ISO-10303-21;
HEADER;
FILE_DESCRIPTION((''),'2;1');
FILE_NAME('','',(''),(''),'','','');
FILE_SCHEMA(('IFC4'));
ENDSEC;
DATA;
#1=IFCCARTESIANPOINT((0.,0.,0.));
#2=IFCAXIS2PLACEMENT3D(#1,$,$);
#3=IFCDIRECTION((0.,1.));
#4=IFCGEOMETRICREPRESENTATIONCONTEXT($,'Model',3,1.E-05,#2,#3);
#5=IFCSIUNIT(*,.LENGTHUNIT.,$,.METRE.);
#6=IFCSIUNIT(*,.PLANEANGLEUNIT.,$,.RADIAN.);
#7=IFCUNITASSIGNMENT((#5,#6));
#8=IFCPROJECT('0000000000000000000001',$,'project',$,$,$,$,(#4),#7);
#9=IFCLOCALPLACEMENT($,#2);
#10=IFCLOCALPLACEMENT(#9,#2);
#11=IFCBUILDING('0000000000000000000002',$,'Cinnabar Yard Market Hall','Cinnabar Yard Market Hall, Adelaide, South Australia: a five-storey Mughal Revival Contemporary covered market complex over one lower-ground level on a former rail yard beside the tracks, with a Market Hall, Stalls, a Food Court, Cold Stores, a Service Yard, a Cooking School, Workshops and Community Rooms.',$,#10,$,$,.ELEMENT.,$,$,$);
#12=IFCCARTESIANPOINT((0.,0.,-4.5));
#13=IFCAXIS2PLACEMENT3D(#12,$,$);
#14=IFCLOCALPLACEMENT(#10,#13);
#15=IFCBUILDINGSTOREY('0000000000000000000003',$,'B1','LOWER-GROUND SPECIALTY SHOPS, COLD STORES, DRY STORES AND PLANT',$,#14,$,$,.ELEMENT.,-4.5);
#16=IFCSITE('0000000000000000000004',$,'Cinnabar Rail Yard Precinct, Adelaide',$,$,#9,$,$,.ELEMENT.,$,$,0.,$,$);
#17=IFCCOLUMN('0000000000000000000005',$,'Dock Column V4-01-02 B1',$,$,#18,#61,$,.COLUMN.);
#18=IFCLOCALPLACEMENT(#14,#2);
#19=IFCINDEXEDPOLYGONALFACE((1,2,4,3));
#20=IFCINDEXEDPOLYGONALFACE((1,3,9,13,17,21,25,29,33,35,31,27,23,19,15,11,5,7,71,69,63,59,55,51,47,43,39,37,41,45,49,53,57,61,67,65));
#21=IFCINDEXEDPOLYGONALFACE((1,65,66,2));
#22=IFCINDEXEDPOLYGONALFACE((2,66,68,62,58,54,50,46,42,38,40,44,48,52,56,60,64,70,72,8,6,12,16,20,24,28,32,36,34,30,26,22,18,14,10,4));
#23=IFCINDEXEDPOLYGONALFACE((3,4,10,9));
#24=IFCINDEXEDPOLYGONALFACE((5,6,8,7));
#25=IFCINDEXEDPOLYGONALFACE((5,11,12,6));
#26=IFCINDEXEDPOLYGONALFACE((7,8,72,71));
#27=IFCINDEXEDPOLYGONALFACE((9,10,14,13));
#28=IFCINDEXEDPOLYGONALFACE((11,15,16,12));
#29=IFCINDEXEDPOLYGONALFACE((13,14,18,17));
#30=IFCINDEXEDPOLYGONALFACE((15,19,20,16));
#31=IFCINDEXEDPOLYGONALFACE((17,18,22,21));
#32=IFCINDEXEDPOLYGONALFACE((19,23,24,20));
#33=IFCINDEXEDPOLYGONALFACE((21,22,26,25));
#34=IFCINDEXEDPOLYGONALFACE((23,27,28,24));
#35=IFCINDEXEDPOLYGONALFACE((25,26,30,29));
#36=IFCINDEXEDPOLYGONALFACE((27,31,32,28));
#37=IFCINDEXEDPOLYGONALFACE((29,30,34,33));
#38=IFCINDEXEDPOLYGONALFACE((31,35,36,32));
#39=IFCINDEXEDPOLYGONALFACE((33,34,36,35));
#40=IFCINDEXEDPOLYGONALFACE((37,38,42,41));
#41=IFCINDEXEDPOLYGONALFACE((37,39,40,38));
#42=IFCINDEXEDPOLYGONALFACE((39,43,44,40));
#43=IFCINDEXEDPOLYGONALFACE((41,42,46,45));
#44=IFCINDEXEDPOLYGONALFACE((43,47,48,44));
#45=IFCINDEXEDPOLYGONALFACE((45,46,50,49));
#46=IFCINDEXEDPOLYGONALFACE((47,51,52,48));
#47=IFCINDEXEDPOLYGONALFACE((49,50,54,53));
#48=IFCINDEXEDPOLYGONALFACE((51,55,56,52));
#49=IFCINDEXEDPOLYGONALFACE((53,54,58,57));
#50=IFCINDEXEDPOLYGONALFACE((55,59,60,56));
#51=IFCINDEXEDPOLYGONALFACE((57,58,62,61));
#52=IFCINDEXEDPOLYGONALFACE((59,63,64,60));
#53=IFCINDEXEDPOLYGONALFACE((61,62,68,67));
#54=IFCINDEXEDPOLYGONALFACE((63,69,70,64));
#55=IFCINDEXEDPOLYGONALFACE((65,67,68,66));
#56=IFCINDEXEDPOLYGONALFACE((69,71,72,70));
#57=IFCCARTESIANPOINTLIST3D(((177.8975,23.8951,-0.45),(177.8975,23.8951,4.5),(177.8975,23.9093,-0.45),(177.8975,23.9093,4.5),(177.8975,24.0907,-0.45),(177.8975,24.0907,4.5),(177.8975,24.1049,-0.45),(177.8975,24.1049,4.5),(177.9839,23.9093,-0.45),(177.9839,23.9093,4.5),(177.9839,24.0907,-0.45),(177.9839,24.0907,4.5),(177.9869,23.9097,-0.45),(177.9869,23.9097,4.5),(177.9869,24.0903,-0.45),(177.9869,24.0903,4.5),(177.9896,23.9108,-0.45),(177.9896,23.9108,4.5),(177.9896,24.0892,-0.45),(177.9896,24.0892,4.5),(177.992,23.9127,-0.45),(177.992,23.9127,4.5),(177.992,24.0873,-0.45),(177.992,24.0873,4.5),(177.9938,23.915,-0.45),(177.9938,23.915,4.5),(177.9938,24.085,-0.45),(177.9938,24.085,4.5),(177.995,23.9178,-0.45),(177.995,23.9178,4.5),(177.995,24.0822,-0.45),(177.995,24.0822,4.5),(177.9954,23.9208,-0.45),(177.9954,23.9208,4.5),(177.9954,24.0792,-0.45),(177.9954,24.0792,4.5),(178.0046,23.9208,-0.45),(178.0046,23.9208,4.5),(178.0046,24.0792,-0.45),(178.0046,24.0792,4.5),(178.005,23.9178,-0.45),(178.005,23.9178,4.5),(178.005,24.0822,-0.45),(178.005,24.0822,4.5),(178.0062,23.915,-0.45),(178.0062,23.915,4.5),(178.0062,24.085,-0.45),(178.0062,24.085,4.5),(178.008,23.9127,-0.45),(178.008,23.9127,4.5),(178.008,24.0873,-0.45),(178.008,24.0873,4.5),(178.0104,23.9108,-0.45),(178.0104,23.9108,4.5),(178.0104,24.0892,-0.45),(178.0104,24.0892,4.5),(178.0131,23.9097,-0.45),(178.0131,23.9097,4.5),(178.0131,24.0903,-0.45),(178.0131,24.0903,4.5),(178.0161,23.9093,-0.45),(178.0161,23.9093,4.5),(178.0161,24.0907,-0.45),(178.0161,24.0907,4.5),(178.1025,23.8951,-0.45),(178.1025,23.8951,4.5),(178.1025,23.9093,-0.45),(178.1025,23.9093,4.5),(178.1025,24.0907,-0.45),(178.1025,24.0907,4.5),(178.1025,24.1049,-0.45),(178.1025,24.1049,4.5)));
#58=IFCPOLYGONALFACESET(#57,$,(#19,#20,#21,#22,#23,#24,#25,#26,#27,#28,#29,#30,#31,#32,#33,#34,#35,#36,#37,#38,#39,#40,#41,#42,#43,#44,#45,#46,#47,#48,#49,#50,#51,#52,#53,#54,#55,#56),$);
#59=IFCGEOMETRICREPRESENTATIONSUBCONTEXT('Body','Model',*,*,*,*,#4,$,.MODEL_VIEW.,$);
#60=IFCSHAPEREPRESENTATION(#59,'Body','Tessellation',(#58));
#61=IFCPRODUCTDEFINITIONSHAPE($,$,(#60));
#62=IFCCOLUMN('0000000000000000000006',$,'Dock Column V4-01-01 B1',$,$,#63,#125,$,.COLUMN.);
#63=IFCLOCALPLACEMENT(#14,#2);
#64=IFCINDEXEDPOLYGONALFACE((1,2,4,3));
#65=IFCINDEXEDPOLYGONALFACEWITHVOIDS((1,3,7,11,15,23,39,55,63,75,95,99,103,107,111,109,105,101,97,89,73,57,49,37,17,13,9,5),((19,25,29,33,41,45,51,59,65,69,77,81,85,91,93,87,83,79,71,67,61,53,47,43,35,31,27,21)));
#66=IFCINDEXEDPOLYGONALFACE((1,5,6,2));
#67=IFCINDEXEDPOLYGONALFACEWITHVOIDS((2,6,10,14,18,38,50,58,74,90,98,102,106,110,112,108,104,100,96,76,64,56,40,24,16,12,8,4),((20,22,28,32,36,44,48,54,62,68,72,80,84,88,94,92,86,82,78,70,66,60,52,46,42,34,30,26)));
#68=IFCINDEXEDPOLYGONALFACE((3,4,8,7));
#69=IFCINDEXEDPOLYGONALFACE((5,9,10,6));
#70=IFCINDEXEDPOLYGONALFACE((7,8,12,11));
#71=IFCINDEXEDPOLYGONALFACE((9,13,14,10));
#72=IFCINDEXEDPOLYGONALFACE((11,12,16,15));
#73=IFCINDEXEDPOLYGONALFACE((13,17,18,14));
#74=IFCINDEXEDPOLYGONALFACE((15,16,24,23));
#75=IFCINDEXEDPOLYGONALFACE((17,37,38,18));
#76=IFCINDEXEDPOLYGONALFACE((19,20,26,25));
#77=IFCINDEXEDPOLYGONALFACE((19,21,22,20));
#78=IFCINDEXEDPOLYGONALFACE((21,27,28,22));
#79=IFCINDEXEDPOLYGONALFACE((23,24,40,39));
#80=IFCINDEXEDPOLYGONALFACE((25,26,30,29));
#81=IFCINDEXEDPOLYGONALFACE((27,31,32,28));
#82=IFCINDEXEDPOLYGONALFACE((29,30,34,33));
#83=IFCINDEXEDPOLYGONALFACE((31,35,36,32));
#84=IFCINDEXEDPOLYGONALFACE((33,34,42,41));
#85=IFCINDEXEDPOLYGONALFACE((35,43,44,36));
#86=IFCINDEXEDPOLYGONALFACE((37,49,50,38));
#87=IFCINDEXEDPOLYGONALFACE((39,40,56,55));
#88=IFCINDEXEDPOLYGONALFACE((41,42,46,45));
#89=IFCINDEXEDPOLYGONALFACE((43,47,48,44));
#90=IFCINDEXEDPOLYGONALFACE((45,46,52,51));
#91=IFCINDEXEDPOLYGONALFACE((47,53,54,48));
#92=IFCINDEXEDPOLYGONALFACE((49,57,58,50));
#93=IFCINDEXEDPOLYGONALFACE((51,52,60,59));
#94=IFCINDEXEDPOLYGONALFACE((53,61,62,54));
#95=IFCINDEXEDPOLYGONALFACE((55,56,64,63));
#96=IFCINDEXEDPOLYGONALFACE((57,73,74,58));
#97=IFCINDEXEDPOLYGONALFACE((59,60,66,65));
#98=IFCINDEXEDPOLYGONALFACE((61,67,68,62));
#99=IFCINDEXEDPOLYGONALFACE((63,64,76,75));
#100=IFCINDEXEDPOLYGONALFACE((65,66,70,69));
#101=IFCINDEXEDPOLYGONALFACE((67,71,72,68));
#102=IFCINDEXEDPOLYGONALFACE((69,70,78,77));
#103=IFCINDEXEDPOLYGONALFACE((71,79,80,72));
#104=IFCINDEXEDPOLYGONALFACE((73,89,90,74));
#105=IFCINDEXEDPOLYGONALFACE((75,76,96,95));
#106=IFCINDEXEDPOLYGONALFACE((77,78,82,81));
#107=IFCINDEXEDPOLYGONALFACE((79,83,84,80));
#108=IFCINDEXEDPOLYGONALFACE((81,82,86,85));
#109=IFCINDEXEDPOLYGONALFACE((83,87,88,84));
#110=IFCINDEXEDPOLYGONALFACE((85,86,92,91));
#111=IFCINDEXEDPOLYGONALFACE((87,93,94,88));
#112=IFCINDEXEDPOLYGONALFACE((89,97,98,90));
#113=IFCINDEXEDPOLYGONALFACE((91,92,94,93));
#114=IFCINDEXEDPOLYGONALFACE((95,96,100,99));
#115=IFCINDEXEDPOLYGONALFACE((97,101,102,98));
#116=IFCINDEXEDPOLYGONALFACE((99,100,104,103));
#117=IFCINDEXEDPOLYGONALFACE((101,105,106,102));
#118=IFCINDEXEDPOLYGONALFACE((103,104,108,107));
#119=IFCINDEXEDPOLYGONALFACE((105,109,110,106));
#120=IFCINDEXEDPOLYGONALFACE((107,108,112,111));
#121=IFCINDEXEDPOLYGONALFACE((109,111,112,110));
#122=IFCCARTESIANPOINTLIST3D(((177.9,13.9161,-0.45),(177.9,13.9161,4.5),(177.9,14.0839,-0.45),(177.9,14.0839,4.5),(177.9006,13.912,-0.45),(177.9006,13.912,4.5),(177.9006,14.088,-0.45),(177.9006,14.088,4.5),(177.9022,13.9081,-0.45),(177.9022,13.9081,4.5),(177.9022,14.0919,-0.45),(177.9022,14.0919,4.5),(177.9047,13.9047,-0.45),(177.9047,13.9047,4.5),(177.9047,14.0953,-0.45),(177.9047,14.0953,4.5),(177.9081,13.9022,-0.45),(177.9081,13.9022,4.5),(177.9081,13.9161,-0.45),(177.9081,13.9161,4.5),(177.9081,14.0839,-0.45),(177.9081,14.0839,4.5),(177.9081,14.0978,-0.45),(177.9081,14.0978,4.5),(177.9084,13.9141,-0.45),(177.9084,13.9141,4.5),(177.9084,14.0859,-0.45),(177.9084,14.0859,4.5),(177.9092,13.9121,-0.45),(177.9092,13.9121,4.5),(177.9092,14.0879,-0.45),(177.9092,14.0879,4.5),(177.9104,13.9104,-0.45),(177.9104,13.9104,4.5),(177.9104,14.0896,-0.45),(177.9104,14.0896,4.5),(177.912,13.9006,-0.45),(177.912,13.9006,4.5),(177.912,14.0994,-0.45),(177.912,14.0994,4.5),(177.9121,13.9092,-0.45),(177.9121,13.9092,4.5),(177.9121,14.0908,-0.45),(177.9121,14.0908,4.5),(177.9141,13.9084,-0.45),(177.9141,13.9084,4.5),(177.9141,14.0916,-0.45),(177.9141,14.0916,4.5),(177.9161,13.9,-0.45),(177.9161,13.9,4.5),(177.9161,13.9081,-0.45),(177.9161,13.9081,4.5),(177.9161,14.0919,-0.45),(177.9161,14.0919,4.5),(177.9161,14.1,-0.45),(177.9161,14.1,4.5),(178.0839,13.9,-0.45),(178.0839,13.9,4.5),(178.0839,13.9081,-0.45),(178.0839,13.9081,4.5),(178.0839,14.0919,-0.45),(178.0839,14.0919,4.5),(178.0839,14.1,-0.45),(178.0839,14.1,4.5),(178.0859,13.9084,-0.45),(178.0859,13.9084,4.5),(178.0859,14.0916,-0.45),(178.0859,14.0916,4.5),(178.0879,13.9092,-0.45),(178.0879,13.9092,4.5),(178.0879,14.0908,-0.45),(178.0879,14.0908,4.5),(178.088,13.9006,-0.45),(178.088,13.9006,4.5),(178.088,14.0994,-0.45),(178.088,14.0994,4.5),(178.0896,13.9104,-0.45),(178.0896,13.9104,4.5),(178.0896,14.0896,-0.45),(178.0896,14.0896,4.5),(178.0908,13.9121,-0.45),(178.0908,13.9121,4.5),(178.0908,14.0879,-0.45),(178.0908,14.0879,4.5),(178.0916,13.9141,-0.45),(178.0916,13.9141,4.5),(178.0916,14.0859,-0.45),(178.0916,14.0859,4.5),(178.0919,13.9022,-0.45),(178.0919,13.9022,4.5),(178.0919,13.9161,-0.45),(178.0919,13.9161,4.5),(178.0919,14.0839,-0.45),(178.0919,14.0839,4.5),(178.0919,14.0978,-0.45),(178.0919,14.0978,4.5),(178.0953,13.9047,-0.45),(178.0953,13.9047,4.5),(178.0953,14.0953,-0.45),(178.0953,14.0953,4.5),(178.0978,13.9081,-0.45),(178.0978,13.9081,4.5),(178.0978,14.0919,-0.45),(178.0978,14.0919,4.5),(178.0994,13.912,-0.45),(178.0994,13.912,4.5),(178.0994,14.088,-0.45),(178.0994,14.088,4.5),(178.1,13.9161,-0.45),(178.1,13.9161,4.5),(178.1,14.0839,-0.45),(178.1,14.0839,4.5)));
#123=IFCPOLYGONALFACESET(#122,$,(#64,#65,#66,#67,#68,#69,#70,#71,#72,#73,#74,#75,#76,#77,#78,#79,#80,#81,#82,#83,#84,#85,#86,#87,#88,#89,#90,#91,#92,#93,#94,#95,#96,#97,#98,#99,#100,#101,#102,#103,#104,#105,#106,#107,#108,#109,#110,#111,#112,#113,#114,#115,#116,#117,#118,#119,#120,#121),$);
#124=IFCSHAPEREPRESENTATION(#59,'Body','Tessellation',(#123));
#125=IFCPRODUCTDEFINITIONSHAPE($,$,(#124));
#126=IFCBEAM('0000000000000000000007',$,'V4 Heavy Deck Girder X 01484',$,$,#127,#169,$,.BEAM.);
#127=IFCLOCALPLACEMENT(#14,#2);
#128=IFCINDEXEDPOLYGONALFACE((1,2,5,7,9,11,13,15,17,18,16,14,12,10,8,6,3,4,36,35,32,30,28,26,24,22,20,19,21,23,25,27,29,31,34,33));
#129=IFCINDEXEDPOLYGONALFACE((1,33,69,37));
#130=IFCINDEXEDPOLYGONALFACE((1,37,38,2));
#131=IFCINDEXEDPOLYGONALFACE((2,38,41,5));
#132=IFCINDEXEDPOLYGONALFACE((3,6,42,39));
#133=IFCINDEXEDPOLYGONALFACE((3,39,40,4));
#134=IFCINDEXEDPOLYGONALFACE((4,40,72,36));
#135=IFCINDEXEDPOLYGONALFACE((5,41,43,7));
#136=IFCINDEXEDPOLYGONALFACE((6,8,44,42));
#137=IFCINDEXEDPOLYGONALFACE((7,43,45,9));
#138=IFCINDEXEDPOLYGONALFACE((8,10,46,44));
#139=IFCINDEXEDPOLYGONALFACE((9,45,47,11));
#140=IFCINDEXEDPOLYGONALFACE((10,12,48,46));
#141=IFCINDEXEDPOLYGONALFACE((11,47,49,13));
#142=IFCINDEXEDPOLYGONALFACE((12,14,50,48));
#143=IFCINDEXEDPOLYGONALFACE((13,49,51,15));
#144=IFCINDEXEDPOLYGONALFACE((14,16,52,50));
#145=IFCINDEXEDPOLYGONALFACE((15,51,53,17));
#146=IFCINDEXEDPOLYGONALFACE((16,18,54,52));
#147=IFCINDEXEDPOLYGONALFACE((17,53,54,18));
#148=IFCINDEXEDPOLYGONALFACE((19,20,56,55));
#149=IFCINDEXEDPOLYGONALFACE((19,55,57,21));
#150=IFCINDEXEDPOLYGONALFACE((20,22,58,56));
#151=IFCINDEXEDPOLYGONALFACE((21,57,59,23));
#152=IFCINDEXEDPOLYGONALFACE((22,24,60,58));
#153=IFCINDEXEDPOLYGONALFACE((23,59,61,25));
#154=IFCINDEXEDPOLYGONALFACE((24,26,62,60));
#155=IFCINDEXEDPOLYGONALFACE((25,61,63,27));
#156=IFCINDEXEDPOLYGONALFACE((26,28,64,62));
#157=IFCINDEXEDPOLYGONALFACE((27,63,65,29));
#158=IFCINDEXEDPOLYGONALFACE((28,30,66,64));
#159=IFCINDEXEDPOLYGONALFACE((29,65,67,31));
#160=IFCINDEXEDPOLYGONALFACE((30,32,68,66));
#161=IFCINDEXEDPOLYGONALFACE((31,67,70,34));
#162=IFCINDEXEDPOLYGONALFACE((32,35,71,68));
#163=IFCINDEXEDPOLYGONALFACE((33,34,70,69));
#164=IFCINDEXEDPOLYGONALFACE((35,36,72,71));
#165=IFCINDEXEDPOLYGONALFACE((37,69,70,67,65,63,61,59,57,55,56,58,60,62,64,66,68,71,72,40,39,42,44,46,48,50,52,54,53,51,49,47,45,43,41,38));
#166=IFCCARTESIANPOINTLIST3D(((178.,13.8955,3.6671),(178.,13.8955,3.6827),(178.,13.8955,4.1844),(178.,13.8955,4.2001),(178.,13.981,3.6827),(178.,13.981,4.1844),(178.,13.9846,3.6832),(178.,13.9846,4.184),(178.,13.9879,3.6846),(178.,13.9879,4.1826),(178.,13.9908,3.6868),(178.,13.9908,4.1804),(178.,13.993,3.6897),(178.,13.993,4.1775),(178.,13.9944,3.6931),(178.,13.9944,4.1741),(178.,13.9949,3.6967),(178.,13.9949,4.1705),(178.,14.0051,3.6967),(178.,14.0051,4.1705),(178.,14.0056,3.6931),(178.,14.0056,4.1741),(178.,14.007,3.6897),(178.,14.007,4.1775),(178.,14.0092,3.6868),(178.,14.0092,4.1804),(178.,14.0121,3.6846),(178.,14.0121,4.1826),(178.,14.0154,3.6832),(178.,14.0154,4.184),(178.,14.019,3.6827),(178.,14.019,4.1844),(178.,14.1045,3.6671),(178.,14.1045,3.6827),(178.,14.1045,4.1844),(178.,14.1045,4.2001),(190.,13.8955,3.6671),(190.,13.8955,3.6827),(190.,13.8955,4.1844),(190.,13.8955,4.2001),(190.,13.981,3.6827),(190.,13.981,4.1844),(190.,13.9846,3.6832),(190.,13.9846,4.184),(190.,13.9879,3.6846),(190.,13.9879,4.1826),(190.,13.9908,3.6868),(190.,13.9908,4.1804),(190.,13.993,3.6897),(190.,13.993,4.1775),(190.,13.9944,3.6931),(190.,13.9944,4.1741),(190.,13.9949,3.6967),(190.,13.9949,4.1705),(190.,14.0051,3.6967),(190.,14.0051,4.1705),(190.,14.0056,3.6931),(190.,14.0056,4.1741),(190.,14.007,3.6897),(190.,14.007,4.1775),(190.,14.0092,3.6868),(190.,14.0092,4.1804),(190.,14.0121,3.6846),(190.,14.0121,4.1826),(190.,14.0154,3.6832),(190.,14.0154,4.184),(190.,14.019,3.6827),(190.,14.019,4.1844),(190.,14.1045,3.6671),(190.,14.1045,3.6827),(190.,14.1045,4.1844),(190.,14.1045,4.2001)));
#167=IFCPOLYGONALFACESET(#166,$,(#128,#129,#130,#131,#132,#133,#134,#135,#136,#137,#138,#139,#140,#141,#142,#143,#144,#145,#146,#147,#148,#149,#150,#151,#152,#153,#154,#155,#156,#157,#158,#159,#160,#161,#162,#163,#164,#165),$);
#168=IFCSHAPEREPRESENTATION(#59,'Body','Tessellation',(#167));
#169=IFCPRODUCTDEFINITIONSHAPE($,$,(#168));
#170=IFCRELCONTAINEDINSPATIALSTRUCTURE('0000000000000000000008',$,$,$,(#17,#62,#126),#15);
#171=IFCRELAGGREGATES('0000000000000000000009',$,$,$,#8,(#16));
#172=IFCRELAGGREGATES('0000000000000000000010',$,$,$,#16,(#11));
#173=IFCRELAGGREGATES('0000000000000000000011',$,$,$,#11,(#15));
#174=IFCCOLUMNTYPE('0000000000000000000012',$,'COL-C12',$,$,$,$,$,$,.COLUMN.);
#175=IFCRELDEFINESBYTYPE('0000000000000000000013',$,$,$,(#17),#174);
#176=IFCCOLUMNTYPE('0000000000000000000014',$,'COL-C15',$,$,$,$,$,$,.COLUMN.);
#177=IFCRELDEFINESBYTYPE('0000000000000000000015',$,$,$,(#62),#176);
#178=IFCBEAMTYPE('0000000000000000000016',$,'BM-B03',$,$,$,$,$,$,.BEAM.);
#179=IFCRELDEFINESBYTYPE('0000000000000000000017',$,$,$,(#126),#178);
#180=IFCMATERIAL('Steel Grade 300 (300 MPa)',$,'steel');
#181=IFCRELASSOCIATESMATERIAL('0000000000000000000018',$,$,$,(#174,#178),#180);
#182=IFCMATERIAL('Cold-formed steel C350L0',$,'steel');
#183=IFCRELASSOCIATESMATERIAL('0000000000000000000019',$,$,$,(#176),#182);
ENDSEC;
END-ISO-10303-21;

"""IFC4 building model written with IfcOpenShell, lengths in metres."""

from ifc_helpers import new_model, si_unit, direction, frame, origin, origin_2d_with_axis, place, context, subcontext, project, spatial, hollow_rectangle, i_section, extrude, material, material_profile, profile_set, type_object, element, save


model = new_model("IFC4")

# Units and contexts
model_context = context("Model", 3, precision=1e-05, world=origin(), true_north=direction((0.0, 1.0)))
body_context = subcontext(model_context, "Body", "Model", "MODEL_VIEW")
ifc_project = project(units=[si_unit("LENGTHUNIT", "METRE"), si_unit("PLANEANGLEUNIT", "RADIAN")], contexts=[model_context])

# Site, building, storey
site_placement = place(None, origin())
site = spatial("IfcSite", under=ifc_project, at=site_placement, Name="Cinnabar Rail Yard Precinct, Adelaide", CompositionType="ELEMENT", RefElevation=0.0)
building_placement = place(site_placement, origin())
building = spatial("IfcBuilding", under=site, at=building_placement, Name="Cinnabar Yard Market Hall", Description="Cinnabar Yard Market Hall, Adelaide, South Australia: a five-storey Mughal Revival Contemporary covered market complex over one lower-ground level on a former rail yard beside the tracks, with a Market Hall, Stalls, a Food Court, Cold Stores, a Service Yard, a Cooking School, Workshops and Community Rooms.", CompositionType="ELEMENT")
storey_placement = place(building_placement, frame((0.0, 0.0, -4.5)))
storey = spatial("IfcBuildingStorey", under=building, at=storey_placement, Name="B1", Description="LOWER-GROUND SPECIALTY SHOPS, COLD STORES, DRY STORES AND PLANT", CompositionType="ELEMENT", Elevation=-4.5)

# Columns
ifc_material_1 = material(Name="Steel Grade 300 (300 MPa)", Category="steel")
ifc_material_profile_1 = material_profile(ifc_material_1, i_section(OverallWidth=0.2051, OverallDepth=0.2097, WebThickness=0.0093, FlangeThickness=0.0142, FilletRadius=0.0115, at=origin_2d_with_axis()), Name="200UC59.5")
ifc_profile_set_1 = profile_set([ifc_material_profile_1], Name="Steel Grade 300 (300 MPa)")
column_type_1 = type_object("IfcColumnType", Name="COL-C12", PredefinedType="COLUMN", material=ifc_profile_set_1)
column_1_placement = place(storey_placement, frame((178.0, 24.0, -0.45), z_axis=(0.0, 0.0, 1.0), x_axis=(1.0, 0.0, 0.0)))
element("IfcColumn", 1, at=column_1_placement, inside=storey, type_object=column_type_1, Name="Dock Column V4-01-02 B1", PredefinedType="COLUMN", context=body_context, shape_type="SweptSolid", body=[
    extrude(i_section(OverallWidth=0.2051, OverallDepth=0.2097, WebThickness=0.0093, FlangeThickness=0.0142, FilletRadius=0.0115, at=origin_2d_with_axis()), origin(), (0.0, 0.0, 1.0), 4.95),
])
ifc_material_2 = material(Name="Cold-formed steel C350L0", Category="steel")
ifc_material_profile_2 = material_profile(ifc_material_2, hollow_rectangle(XDim=0.2, YDim=0.2, WallThickness=0.0081, InnerFilletRadius=0.0081, OuterFilletRadius=0.0161, at=origin_2d_with_axis()), Name="200x200x8.0SHS")
ifc_profile_set_2 = profile_set([ifc_material_profile_2], Name="Cold-formed steel C350L0")
column_type_2 = type_object("IfcColumnType", Name="COL-C15", PredefinedType="COLUMN", material=ifc_profile_set_2)
column_2_placement = place(storey_placement, frame((178.0, 14.0, -0.45), z_axis=(0.0, 0.0, 1.0), x_axis=(1.0, 0.0, 0.0)))
element("IfcColumn", 2, at=column_2_placement, inside=storey, type_object=column_type_2, Name="Dock Column V4-01-01 B1", PredefinedType="COLUMN", context=body_context, shape_type="SweptSolid", body=[
    extrude(hollow_rectangle(XDim=0.2, YDim=0.2, WallThickness=0.0081, InnerFilletRadius=0.0081, OuterFilletRadius=0.0161, at=origin_2d_with_axis()), origin(), (0.0, 0.0, 1.0), 4.95),
])

# Beam
ifc_material_profile_3 = material_profile(ifc_material_1, i_section(OverallWidth=0.209, OverallDepth=0.533, WebThickness=0.0103, FlangeThickness=0.0156, FilletRadius=0.0139, at=origin_2d_with_axis()), Name="530UB92.4")
ifc_profile_set_3 = profile_set([ifc_material_profile_3], Name="Steel Grade 300 (300 MPa)")
beam_type_1 = type_object("IfcBeamType", Name="BM-B03", PredefinedType="BEAM", material=ifc_profile_set_3)
for number, where, z_axis, x_axis, name in (
    (3, (178.0, 14.0, 3.9336), (1.0, 0.0, 0.0), (0.0, 1.0, 0.0), "V4 Heavy Deck Girder X 01484"),
):
    element("IfcBeam", number, at=place(storey_placement, frame(where, z_axis=z_axis, x_axis=x_axis)), inside=storey, type_object=beam_type_1, Name=name, PredefinedType="BEAM", context=body_context, shape_type="SweptSolid", body=[
        extrude(i_section(OverallWidth=0.209, OverallDepth=0.533, WebThickness=0.0103, FlangeThickness=0.0156, FilletRadius=0.0139, at=origin_2d_with_axis()), origin(), (0.0, 0.0, 1.0), 12.0),
    ])

save(model, "model.ifc")
